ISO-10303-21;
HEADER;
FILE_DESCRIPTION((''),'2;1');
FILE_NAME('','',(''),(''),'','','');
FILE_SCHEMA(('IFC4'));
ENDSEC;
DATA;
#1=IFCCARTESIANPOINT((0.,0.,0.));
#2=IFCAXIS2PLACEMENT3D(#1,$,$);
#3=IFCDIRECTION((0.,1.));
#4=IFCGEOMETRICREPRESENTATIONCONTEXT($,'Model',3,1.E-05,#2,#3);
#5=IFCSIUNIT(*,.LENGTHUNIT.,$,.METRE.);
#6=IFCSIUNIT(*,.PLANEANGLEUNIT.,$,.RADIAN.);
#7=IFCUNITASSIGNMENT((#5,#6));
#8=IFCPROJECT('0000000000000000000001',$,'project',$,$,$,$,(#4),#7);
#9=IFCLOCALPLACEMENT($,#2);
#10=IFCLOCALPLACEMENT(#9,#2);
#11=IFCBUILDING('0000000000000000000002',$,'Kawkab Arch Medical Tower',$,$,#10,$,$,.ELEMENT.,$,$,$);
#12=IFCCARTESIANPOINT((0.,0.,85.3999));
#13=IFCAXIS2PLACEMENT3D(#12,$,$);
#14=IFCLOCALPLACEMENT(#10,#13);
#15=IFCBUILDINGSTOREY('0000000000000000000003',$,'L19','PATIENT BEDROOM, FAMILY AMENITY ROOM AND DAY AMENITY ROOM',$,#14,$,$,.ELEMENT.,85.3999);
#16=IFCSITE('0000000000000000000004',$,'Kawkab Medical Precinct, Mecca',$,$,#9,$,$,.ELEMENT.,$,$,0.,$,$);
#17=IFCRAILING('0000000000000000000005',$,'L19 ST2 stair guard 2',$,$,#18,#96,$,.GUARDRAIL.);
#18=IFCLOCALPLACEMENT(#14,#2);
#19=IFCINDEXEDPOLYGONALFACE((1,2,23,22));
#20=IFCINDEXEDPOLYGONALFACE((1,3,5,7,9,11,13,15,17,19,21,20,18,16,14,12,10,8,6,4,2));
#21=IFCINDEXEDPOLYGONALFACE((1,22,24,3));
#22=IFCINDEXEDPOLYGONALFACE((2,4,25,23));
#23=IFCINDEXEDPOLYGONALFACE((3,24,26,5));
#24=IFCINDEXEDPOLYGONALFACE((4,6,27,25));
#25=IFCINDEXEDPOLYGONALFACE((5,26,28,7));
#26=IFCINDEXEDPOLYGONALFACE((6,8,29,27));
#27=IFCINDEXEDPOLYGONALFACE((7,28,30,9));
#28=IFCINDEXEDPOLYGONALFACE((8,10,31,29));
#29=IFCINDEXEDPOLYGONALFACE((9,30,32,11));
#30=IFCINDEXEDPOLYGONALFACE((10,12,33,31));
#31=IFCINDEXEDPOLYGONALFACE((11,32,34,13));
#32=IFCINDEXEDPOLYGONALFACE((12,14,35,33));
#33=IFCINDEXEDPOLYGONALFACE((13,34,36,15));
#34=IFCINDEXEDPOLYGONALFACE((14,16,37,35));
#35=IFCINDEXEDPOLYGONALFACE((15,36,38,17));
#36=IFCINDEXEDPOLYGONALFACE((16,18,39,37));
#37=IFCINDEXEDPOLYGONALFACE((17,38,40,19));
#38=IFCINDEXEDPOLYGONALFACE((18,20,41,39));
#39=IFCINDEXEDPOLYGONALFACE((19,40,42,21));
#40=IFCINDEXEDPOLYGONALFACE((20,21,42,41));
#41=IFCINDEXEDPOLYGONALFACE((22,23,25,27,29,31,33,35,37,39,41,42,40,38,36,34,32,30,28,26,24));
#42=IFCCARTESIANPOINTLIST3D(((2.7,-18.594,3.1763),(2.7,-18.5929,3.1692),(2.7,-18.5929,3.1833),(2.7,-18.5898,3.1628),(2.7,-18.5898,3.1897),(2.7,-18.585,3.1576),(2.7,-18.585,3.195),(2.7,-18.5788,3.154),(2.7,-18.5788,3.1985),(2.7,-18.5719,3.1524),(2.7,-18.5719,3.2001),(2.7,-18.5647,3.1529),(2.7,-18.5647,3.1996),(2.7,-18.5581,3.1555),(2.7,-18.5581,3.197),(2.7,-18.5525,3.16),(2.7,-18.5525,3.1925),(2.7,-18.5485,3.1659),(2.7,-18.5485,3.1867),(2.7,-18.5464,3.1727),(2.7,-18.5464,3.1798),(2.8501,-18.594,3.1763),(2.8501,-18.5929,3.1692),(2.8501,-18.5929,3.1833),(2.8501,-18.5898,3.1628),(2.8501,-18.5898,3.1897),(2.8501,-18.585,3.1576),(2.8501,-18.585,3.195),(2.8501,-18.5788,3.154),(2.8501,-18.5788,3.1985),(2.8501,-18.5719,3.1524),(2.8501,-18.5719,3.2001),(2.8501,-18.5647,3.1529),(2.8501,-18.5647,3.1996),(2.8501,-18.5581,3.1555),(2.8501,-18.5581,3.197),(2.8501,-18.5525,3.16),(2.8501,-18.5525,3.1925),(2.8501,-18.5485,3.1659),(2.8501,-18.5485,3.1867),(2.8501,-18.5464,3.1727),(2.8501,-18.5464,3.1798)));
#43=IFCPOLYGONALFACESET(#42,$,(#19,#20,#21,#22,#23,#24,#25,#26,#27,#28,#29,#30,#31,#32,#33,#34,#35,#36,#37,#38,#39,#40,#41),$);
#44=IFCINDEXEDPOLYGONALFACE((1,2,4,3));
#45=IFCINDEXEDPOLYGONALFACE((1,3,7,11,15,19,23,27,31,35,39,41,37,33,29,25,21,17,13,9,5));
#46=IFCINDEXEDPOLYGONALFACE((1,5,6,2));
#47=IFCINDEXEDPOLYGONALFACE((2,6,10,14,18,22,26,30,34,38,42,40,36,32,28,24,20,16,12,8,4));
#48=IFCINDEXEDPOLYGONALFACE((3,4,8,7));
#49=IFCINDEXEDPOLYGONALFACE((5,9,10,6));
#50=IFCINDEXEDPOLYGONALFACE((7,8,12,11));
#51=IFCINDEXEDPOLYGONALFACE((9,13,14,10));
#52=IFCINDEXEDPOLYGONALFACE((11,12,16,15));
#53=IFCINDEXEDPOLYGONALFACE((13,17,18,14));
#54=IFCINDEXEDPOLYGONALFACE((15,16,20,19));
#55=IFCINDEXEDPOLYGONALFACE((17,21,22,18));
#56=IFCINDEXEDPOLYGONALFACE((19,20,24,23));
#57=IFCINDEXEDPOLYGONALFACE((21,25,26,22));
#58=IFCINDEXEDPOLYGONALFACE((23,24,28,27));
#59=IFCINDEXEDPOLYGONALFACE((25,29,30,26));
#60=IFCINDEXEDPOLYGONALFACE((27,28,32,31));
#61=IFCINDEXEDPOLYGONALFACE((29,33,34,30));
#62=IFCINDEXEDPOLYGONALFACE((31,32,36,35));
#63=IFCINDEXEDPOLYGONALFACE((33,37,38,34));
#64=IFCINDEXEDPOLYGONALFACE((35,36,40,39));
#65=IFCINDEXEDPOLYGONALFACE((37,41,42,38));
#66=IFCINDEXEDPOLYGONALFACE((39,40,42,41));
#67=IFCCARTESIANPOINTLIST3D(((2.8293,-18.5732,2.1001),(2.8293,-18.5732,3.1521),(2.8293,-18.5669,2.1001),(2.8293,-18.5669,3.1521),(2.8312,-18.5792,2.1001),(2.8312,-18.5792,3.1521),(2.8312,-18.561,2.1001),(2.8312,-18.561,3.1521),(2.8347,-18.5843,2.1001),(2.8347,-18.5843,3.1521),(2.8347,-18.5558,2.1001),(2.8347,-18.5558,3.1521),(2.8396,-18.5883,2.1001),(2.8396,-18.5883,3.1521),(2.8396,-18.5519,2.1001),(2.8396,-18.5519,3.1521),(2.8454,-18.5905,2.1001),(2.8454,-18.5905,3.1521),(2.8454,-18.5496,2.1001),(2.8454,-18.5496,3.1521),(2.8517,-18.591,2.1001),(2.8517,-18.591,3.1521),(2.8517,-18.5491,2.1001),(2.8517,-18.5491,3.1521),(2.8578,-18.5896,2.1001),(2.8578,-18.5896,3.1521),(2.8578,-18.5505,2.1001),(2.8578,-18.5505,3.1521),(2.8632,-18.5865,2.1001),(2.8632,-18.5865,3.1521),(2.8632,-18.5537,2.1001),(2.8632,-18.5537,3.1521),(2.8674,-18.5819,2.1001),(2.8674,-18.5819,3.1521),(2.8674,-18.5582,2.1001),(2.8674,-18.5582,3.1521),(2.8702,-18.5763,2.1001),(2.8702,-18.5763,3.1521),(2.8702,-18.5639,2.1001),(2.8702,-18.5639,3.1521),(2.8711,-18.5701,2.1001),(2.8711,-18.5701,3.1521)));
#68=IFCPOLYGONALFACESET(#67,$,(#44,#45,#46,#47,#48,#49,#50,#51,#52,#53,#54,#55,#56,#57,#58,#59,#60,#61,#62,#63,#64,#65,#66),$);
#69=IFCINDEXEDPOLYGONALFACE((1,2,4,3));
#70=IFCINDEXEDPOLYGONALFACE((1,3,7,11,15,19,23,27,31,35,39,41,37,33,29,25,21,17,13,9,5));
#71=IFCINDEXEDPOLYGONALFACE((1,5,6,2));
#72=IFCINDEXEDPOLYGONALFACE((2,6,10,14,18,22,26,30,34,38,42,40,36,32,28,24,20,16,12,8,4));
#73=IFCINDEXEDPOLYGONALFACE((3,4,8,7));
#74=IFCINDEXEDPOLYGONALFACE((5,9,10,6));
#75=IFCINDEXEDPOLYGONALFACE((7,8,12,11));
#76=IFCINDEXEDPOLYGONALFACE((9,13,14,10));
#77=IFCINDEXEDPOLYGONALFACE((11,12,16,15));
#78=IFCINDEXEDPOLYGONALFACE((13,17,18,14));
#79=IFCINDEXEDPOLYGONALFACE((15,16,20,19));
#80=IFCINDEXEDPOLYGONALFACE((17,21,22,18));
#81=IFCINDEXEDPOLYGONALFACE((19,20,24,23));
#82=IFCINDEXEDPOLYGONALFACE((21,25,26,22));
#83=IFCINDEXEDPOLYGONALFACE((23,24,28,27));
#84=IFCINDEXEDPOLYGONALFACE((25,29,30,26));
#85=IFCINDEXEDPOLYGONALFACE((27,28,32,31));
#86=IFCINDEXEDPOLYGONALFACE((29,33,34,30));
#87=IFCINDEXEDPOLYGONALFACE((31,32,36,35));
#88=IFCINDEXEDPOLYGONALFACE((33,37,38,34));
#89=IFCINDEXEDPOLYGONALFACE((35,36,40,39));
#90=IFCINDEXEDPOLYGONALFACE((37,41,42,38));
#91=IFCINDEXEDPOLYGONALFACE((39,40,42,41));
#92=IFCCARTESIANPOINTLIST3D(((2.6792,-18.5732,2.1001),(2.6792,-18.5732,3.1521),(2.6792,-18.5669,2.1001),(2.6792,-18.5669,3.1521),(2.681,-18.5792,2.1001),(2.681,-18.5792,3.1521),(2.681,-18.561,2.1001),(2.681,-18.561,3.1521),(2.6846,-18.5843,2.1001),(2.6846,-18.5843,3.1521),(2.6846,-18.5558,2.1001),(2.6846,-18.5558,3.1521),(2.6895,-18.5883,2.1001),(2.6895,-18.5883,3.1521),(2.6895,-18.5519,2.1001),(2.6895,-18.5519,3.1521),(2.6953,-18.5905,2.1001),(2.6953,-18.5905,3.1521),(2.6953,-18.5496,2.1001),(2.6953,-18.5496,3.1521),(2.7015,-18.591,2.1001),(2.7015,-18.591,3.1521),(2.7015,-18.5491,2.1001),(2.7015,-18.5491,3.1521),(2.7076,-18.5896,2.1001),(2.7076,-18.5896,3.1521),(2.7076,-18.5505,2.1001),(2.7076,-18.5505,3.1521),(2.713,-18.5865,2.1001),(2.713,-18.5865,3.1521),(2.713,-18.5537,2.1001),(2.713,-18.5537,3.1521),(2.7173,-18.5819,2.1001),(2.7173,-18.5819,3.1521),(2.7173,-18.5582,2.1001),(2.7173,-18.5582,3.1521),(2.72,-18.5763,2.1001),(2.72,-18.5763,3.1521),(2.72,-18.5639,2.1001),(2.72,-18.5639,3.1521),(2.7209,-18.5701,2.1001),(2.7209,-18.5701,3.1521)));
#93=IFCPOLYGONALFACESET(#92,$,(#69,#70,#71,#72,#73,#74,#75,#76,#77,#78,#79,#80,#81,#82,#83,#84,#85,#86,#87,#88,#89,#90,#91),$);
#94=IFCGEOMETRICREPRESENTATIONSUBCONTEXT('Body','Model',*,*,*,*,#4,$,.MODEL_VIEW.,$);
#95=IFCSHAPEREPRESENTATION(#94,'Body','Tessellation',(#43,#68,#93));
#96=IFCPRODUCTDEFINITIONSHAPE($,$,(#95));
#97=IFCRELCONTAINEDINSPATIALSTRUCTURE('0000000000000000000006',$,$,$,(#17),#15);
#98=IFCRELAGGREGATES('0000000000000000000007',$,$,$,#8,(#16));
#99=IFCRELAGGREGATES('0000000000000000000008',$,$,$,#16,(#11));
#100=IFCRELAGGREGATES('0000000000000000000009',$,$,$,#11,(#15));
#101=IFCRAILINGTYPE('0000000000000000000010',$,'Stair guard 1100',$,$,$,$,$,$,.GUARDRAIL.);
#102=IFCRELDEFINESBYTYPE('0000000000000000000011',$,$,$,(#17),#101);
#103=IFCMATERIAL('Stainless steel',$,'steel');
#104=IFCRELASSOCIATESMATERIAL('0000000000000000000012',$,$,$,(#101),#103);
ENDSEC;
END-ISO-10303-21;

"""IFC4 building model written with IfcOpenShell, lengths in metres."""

from ifc_helpers import new_model, si_unit, direction, frame, origin, origin_2d, place, context, subcontext, project, spatial, circle, extrude, material, type_object, element, save


model = new_model("IFC4")

# Units and contexts
model_context = context("Model", 3, precision=1e-05, world=origin(), true_north=direction((0.0, 1.0)))
body_context = subcontext(model_context, "Body", "Model", "MODEL_VIEW")
ifc_project = project(units=[si_unit("LENGTHUNIT", "METRE"), si_unit("PLANEANGLEUNIT", "RADIAN")], contexts=[model_context])

# Site, building, storey
site_placement = place(None, origin())
site = spatial("IfcSite", under=ifc_project, at=site_placement, Name="Kawkab Medical Precinct, Mecca", CompositionType="ELEMENT", RefElevation=0.0)
building_placement = place(site_placement, origin())
building = spatial("IfcBuilding", under=site, at=building_placement, Name="Kawkab Arch Medical Tower", CompositionType="ELEMENT")
storey_placement = place(building_placement, frame((0.0, 0.0, 85.3999)))
storey = spatial("IfcBuildingStorey", under=building, at=storey_placement, Name="L19", Description="PATIENT BEDROOM, FAMILY AMENITY ROOM AND DAY AMENITY ROOM", CompositionType="ELEMENT", Elevation=85.3999)

# Railing
ifc_material_1 = material(Name="Stainless steel", Category="steel")
railing_type = type_object("IfcRailingType", Name="Stair guard 1100", PredefinedType="GUARDRAIL", material=ifc_material_1)
railing_1_placement = place(storey_placement, frame((2.8501, -18.5701, 2.1001)))
element("IfcRailing", 1, at=railing_1_placement, inside=storey, type_object=railing_type, Name="L19 ST2 stair guard 2", PredefinedType="GUARDRAIL", context=body_context, shape_type="SweptSolid", body=[
    extrude(circle(Radius=0.0239, at=origin_2d()), frame((0.0, 0.0, 1.0762), z_axis=(-1.0, 0.0, 0.0), x_axis=(0.0, -1.0, 0.0)), (0.0, 0.0, 1.0), 0.1501),
    extrude(circle(Radius=0.021, at=origin_2d()), origin(), (0.0, 0.0, 1.0), 1.052),
    extrude(circle(Radius=0.021, at=origin_2d()), frame((-0.1501, 0.0, 0.0)), (0.0, 0.0, 1.0), 1.052),
])

save(model, "model.ifc")
